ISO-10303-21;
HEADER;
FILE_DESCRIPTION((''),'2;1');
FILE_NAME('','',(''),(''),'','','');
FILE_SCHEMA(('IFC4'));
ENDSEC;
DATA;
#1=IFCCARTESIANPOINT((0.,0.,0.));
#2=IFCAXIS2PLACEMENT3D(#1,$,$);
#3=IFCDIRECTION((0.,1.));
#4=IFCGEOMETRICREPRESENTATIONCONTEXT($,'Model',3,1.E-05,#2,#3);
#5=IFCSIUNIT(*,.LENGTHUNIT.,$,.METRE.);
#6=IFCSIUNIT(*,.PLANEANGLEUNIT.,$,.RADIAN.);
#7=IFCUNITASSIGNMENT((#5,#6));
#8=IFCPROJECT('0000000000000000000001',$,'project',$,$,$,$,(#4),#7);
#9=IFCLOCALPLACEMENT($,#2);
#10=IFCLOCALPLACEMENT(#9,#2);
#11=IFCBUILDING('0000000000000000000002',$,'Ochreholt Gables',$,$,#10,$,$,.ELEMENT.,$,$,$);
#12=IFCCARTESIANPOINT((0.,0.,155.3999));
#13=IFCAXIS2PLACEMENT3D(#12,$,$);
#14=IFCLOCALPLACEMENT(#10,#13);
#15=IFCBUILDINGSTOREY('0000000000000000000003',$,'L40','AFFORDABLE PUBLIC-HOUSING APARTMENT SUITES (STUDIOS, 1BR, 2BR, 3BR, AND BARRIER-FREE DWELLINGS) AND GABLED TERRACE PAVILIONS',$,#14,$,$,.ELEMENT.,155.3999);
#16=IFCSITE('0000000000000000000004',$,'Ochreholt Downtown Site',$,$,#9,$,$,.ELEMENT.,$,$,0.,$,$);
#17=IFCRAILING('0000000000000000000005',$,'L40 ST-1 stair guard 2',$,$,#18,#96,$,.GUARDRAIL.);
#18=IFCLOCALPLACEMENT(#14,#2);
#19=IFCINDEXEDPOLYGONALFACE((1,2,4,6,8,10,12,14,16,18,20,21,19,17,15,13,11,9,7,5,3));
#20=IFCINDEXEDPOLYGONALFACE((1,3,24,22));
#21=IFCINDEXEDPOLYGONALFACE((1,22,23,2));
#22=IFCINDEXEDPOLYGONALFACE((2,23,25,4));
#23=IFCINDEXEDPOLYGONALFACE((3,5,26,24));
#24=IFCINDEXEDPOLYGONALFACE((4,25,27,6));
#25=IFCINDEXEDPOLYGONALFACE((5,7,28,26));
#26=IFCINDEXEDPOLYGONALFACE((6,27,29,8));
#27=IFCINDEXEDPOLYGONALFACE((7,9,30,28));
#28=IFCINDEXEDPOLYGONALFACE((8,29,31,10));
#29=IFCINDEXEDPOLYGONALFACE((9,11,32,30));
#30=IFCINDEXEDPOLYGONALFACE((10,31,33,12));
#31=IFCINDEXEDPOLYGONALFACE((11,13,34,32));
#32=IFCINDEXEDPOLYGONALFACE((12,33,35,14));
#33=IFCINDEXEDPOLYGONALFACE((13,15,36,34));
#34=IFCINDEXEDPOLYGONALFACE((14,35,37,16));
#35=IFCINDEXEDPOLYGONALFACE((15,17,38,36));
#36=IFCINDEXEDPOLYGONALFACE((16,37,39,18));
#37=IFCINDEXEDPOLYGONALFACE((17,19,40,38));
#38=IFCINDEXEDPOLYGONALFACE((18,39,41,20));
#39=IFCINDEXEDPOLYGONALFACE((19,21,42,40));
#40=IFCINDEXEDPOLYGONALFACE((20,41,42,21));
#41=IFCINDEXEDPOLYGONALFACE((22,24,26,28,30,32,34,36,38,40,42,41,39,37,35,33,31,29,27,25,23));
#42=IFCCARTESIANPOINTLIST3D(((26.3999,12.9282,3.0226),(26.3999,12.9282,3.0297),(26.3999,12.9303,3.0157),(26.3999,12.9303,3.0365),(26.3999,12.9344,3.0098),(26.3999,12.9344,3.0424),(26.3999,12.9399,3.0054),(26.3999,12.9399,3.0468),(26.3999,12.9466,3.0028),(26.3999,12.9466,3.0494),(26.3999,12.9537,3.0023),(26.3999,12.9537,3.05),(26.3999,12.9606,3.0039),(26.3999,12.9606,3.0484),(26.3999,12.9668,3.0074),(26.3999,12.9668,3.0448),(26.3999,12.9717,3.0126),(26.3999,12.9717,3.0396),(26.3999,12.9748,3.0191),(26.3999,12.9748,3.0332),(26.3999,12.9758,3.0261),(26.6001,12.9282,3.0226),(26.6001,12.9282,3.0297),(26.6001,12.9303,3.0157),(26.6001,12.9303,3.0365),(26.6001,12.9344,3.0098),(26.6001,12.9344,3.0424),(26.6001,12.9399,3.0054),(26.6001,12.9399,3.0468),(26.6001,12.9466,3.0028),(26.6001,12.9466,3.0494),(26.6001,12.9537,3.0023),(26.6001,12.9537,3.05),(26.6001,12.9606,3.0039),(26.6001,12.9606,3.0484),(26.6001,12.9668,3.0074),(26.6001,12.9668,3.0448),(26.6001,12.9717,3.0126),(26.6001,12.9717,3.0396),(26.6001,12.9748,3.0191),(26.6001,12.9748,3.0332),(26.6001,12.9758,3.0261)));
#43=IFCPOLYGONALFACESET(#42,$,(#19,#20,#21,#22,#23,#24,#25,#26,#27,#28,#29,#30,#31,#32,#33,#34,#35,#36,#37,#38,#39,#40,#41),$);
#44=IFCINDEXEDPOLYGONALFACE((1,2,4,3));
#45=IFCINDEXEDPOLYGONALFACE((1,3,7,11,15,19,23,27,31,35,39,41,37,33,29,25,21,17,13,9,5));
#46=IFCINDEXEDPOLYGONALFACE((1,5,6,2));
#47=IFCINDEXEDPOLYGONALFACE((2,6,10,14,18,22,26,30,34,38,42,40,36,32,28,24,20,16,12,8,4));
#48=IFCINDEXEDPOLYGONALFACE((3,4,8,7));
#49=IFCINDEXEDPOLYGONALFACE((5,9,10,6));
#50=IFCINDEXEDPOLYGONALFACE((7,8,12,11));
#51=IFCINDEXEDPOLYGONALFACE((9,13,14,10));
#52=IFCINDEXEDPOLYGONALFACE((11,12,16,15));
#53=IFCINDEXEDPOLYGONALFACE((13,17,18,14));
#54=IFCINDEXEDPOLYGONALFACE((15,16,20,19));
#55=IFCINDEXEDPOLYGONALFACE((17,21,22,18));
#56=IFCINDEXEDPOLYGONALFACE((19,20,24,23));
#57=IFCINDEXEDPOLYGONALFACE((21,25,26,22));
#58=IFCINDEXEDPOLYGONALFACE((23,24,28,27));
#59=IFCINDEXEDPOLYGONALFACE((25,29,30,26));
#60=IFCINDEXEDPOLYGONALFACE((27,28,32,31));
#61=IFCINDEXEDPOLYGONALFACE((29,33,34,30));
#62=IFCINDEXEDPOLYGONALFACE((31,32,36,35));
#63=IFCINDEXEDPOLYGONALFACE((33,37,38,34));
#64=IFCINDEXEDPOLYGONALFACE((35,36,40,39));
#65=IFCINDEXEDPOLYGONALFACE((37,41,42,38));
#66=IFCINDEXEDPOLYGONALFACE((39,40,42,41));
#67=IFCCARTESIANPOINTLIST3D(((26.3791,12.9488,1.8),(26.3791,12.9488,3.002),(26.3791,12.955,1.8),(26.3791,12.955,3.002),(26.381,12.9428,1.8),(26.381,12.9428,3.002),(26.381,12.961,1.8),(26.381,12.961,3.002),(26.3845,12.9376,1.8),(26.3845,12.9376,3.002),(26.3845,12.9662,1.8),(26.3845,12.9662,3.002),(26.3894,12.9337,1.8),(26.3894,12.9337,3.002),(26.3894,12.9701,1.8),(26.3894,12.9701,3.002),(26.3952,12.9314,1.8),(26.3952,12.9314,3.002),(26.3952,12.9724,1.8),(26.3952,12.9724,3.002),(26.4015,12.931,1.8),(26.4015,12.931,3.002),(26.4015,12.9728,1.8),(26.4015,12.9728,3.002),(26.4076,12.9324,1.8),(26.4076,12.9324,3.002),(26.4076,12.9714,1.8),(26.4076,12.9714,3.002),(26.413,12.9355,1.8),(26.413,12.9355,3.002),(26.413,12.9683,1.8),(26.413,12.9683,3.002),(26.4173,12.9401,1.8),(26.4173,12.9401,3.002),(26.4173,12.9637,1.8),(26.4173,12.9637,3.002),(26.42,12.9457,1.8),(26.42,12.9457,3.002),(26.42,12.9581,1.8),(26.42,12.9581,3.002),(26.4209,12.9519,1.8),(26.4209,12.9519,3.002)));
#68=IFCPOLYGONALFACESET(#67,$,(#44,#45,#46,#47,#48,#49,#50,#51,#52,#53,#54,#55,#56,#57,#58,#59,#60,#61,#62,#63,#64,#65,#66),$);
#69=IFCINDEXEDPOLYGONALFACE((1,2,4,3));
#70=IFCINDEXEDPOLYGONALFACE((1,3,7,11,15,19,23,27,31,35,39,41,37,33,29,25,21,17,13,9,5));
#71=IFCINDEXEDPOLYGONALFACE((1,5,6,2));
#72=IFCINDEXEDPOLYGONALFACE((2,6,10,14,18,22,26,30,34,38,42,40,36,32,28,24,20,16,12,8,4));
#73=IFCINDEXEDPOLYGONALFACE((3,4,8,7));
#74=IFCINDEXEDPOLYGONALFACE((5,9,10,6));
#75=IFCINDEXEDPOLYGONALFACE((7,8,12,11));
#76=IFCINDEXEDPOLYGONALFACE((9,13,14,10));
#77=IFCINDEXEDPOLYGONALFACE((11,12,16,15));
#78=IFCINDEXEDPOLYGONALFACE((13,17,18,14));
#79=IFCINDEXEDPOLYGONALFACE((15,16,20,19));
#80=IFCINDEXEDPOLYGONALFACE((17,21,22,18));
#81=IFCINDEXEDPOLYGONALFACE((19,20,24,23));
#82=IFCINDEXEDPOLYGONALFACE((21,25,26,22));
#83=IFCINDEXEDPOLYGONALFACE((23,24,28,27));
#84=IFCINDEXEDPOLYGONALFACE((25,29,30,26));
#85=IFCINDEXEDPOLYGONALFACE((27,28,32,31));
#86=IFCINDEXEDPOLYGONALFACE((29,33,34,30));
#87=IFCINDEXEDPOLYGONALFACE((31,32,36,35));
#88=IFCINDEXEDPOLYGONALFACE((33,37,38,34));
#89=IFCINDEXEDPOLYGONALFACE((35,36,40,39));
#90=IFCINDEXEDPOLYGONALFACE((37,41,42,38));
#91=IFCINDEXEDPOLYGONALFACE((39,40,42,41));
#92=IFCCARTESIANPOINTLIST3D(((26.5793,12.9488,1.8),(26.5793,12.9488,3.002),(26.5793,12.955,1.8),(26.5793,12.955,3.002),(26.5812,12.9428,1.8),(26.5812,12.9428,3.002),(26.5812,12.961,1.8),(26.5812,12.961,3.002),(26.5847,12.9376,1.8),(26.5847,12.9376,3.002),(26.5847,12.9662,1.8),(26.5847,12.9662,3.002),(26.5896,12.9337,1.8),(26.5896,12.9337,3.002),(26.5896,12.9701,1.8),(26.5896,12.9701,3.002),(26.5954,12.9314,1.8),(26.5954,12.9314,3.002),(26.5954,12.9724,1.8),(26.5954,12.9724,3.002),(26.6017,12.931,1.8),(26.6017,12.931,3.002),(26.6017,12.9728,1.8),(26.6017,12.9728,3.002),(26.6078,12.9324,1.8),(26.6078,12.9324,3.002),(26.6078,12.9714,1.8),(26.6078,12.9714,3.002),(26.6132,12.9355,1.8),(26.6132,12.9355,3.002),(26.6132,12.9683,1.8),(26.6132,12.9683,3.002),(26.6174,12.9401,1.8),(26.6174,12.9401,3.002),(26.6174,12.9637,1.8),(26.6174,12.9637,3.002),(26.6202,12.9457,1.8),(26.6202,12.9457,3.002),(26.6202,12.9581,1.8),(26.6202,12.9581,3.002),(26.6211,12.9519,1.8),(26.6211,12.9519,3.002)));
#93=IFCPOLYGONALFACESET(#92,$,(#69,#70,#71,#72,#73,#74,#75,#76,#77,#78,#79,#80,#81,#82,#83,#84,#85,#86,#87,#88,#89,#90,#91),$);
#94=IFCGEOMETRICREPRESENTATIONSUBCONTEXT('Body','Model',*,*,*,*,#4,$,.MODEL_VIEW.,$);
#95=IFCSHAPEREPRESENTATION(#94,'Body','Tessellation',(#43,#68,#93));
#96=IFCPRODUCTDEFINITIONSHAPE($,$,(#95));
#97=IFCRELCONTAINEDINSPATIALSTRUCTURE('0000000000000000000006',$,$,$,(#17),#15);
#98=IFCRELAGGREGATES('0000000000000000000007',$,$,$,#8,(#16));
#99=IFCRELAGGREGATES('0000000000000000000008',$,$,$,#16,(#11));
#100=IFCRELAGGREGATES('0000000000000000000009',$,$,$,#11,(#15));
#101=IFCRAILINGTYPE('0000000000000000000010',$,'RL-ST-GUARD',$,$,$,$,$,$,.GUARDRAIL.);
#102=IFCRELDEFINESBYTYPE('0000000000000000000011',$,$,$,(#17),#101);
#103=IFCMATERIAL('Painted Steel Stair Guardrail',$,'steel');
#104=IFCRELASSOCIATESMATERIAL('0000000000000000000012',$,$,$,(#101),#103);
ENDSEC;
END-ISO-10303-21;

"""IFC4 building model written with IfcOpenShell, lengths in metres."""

from ifc_helpers import new_model, si_unit, direction, frame, origin, origin_2d, place, context, subcontext, project, spatial, circle, extrude, material, type_object, element, save


model = new_model("IFC4")

# Units and contexts
model_context = context("Model", 3, precision=1e-05, world=origin(), true_north=direction((0.0, 1.0)))
body_context = subcontext(model_context, "Body", "Model", "MODEL_VIEW")
ifc_project = project(units=[si_unit("LENGTHUNIT", "METRE"), si_unit("PLANEANGLEUNIT", "RADIAN")], contexts=[model_context])

# Site, building, storey
site_placement = place(None, origin())
site = spatial("IfcSite", under=ifc_project, at=site_placement, Name="Ochreholt Downtown Site", CompositionType="ELEMENT", RefElevation=0.0)
building_placement = place(site_placement, origin())
building = spatial("IfcBuilding", under=site, at=building_placement, Name="Ochreholt Gables", CompositionType="ELEMENT")
storey_placement = place(building_placement, frame((0.0, 0.0, 155.3999)))
storey = spatial("IfcBuildingStorey", under=building, at=storey_placement, Name="L40", Description="AFFORDABLE PUBLIC-HOUSING APARTMENT SUITES (STUDIOS, 1BR, 2BR, 3BR, AND BARRIER-FREE DWELLINGS) AND GABLED TERRACE PAVILIONS", CompositionType="ELEMENT", Elevation=155.3999)

# Railing
ifc_material_1 = material(Name="Painted Steel Stair Guardrail", Category="steel")
railing_type_1 = type_object("IfcRailingType", Name="RL-ST-GUARD", PredefinedType="GUARDRAIL", material=ifc_material_1)
railing_1_placement = place(storey_placement, frame((26.3999, 12.9519, 1.8)))
element("IfcRailing", 1, at=railing_1_placement, inside=storey, type_object=railing_type_1, Name="L40 ST-1 stair guard 2", PredefinedType="GUARDRAIL", context=body_context, shape_type="SweptSolid", body=[
    extrude(circle(Radius=0.0239, at=origin_2d()), frame((0.0, 0.0, 1.2261), z_axis=(1.0, 0.0, 0.0), x_axis=(0.0, 1.0, 0.0)), (0.0, 0.0, 1.0), 0.2002),
    extrude(circle(Radius=0.021, at=origin_2d()), origin(), (0.0, 0.0, 1.0), 1.2019),
    extrude(circle(Radius=0.021, at=origin_2d()), frame((0.2002, 0.0, 0.0)), (0.0, 0.0, 1.0), 1.2019),
])

save(model, "model.ifc")
